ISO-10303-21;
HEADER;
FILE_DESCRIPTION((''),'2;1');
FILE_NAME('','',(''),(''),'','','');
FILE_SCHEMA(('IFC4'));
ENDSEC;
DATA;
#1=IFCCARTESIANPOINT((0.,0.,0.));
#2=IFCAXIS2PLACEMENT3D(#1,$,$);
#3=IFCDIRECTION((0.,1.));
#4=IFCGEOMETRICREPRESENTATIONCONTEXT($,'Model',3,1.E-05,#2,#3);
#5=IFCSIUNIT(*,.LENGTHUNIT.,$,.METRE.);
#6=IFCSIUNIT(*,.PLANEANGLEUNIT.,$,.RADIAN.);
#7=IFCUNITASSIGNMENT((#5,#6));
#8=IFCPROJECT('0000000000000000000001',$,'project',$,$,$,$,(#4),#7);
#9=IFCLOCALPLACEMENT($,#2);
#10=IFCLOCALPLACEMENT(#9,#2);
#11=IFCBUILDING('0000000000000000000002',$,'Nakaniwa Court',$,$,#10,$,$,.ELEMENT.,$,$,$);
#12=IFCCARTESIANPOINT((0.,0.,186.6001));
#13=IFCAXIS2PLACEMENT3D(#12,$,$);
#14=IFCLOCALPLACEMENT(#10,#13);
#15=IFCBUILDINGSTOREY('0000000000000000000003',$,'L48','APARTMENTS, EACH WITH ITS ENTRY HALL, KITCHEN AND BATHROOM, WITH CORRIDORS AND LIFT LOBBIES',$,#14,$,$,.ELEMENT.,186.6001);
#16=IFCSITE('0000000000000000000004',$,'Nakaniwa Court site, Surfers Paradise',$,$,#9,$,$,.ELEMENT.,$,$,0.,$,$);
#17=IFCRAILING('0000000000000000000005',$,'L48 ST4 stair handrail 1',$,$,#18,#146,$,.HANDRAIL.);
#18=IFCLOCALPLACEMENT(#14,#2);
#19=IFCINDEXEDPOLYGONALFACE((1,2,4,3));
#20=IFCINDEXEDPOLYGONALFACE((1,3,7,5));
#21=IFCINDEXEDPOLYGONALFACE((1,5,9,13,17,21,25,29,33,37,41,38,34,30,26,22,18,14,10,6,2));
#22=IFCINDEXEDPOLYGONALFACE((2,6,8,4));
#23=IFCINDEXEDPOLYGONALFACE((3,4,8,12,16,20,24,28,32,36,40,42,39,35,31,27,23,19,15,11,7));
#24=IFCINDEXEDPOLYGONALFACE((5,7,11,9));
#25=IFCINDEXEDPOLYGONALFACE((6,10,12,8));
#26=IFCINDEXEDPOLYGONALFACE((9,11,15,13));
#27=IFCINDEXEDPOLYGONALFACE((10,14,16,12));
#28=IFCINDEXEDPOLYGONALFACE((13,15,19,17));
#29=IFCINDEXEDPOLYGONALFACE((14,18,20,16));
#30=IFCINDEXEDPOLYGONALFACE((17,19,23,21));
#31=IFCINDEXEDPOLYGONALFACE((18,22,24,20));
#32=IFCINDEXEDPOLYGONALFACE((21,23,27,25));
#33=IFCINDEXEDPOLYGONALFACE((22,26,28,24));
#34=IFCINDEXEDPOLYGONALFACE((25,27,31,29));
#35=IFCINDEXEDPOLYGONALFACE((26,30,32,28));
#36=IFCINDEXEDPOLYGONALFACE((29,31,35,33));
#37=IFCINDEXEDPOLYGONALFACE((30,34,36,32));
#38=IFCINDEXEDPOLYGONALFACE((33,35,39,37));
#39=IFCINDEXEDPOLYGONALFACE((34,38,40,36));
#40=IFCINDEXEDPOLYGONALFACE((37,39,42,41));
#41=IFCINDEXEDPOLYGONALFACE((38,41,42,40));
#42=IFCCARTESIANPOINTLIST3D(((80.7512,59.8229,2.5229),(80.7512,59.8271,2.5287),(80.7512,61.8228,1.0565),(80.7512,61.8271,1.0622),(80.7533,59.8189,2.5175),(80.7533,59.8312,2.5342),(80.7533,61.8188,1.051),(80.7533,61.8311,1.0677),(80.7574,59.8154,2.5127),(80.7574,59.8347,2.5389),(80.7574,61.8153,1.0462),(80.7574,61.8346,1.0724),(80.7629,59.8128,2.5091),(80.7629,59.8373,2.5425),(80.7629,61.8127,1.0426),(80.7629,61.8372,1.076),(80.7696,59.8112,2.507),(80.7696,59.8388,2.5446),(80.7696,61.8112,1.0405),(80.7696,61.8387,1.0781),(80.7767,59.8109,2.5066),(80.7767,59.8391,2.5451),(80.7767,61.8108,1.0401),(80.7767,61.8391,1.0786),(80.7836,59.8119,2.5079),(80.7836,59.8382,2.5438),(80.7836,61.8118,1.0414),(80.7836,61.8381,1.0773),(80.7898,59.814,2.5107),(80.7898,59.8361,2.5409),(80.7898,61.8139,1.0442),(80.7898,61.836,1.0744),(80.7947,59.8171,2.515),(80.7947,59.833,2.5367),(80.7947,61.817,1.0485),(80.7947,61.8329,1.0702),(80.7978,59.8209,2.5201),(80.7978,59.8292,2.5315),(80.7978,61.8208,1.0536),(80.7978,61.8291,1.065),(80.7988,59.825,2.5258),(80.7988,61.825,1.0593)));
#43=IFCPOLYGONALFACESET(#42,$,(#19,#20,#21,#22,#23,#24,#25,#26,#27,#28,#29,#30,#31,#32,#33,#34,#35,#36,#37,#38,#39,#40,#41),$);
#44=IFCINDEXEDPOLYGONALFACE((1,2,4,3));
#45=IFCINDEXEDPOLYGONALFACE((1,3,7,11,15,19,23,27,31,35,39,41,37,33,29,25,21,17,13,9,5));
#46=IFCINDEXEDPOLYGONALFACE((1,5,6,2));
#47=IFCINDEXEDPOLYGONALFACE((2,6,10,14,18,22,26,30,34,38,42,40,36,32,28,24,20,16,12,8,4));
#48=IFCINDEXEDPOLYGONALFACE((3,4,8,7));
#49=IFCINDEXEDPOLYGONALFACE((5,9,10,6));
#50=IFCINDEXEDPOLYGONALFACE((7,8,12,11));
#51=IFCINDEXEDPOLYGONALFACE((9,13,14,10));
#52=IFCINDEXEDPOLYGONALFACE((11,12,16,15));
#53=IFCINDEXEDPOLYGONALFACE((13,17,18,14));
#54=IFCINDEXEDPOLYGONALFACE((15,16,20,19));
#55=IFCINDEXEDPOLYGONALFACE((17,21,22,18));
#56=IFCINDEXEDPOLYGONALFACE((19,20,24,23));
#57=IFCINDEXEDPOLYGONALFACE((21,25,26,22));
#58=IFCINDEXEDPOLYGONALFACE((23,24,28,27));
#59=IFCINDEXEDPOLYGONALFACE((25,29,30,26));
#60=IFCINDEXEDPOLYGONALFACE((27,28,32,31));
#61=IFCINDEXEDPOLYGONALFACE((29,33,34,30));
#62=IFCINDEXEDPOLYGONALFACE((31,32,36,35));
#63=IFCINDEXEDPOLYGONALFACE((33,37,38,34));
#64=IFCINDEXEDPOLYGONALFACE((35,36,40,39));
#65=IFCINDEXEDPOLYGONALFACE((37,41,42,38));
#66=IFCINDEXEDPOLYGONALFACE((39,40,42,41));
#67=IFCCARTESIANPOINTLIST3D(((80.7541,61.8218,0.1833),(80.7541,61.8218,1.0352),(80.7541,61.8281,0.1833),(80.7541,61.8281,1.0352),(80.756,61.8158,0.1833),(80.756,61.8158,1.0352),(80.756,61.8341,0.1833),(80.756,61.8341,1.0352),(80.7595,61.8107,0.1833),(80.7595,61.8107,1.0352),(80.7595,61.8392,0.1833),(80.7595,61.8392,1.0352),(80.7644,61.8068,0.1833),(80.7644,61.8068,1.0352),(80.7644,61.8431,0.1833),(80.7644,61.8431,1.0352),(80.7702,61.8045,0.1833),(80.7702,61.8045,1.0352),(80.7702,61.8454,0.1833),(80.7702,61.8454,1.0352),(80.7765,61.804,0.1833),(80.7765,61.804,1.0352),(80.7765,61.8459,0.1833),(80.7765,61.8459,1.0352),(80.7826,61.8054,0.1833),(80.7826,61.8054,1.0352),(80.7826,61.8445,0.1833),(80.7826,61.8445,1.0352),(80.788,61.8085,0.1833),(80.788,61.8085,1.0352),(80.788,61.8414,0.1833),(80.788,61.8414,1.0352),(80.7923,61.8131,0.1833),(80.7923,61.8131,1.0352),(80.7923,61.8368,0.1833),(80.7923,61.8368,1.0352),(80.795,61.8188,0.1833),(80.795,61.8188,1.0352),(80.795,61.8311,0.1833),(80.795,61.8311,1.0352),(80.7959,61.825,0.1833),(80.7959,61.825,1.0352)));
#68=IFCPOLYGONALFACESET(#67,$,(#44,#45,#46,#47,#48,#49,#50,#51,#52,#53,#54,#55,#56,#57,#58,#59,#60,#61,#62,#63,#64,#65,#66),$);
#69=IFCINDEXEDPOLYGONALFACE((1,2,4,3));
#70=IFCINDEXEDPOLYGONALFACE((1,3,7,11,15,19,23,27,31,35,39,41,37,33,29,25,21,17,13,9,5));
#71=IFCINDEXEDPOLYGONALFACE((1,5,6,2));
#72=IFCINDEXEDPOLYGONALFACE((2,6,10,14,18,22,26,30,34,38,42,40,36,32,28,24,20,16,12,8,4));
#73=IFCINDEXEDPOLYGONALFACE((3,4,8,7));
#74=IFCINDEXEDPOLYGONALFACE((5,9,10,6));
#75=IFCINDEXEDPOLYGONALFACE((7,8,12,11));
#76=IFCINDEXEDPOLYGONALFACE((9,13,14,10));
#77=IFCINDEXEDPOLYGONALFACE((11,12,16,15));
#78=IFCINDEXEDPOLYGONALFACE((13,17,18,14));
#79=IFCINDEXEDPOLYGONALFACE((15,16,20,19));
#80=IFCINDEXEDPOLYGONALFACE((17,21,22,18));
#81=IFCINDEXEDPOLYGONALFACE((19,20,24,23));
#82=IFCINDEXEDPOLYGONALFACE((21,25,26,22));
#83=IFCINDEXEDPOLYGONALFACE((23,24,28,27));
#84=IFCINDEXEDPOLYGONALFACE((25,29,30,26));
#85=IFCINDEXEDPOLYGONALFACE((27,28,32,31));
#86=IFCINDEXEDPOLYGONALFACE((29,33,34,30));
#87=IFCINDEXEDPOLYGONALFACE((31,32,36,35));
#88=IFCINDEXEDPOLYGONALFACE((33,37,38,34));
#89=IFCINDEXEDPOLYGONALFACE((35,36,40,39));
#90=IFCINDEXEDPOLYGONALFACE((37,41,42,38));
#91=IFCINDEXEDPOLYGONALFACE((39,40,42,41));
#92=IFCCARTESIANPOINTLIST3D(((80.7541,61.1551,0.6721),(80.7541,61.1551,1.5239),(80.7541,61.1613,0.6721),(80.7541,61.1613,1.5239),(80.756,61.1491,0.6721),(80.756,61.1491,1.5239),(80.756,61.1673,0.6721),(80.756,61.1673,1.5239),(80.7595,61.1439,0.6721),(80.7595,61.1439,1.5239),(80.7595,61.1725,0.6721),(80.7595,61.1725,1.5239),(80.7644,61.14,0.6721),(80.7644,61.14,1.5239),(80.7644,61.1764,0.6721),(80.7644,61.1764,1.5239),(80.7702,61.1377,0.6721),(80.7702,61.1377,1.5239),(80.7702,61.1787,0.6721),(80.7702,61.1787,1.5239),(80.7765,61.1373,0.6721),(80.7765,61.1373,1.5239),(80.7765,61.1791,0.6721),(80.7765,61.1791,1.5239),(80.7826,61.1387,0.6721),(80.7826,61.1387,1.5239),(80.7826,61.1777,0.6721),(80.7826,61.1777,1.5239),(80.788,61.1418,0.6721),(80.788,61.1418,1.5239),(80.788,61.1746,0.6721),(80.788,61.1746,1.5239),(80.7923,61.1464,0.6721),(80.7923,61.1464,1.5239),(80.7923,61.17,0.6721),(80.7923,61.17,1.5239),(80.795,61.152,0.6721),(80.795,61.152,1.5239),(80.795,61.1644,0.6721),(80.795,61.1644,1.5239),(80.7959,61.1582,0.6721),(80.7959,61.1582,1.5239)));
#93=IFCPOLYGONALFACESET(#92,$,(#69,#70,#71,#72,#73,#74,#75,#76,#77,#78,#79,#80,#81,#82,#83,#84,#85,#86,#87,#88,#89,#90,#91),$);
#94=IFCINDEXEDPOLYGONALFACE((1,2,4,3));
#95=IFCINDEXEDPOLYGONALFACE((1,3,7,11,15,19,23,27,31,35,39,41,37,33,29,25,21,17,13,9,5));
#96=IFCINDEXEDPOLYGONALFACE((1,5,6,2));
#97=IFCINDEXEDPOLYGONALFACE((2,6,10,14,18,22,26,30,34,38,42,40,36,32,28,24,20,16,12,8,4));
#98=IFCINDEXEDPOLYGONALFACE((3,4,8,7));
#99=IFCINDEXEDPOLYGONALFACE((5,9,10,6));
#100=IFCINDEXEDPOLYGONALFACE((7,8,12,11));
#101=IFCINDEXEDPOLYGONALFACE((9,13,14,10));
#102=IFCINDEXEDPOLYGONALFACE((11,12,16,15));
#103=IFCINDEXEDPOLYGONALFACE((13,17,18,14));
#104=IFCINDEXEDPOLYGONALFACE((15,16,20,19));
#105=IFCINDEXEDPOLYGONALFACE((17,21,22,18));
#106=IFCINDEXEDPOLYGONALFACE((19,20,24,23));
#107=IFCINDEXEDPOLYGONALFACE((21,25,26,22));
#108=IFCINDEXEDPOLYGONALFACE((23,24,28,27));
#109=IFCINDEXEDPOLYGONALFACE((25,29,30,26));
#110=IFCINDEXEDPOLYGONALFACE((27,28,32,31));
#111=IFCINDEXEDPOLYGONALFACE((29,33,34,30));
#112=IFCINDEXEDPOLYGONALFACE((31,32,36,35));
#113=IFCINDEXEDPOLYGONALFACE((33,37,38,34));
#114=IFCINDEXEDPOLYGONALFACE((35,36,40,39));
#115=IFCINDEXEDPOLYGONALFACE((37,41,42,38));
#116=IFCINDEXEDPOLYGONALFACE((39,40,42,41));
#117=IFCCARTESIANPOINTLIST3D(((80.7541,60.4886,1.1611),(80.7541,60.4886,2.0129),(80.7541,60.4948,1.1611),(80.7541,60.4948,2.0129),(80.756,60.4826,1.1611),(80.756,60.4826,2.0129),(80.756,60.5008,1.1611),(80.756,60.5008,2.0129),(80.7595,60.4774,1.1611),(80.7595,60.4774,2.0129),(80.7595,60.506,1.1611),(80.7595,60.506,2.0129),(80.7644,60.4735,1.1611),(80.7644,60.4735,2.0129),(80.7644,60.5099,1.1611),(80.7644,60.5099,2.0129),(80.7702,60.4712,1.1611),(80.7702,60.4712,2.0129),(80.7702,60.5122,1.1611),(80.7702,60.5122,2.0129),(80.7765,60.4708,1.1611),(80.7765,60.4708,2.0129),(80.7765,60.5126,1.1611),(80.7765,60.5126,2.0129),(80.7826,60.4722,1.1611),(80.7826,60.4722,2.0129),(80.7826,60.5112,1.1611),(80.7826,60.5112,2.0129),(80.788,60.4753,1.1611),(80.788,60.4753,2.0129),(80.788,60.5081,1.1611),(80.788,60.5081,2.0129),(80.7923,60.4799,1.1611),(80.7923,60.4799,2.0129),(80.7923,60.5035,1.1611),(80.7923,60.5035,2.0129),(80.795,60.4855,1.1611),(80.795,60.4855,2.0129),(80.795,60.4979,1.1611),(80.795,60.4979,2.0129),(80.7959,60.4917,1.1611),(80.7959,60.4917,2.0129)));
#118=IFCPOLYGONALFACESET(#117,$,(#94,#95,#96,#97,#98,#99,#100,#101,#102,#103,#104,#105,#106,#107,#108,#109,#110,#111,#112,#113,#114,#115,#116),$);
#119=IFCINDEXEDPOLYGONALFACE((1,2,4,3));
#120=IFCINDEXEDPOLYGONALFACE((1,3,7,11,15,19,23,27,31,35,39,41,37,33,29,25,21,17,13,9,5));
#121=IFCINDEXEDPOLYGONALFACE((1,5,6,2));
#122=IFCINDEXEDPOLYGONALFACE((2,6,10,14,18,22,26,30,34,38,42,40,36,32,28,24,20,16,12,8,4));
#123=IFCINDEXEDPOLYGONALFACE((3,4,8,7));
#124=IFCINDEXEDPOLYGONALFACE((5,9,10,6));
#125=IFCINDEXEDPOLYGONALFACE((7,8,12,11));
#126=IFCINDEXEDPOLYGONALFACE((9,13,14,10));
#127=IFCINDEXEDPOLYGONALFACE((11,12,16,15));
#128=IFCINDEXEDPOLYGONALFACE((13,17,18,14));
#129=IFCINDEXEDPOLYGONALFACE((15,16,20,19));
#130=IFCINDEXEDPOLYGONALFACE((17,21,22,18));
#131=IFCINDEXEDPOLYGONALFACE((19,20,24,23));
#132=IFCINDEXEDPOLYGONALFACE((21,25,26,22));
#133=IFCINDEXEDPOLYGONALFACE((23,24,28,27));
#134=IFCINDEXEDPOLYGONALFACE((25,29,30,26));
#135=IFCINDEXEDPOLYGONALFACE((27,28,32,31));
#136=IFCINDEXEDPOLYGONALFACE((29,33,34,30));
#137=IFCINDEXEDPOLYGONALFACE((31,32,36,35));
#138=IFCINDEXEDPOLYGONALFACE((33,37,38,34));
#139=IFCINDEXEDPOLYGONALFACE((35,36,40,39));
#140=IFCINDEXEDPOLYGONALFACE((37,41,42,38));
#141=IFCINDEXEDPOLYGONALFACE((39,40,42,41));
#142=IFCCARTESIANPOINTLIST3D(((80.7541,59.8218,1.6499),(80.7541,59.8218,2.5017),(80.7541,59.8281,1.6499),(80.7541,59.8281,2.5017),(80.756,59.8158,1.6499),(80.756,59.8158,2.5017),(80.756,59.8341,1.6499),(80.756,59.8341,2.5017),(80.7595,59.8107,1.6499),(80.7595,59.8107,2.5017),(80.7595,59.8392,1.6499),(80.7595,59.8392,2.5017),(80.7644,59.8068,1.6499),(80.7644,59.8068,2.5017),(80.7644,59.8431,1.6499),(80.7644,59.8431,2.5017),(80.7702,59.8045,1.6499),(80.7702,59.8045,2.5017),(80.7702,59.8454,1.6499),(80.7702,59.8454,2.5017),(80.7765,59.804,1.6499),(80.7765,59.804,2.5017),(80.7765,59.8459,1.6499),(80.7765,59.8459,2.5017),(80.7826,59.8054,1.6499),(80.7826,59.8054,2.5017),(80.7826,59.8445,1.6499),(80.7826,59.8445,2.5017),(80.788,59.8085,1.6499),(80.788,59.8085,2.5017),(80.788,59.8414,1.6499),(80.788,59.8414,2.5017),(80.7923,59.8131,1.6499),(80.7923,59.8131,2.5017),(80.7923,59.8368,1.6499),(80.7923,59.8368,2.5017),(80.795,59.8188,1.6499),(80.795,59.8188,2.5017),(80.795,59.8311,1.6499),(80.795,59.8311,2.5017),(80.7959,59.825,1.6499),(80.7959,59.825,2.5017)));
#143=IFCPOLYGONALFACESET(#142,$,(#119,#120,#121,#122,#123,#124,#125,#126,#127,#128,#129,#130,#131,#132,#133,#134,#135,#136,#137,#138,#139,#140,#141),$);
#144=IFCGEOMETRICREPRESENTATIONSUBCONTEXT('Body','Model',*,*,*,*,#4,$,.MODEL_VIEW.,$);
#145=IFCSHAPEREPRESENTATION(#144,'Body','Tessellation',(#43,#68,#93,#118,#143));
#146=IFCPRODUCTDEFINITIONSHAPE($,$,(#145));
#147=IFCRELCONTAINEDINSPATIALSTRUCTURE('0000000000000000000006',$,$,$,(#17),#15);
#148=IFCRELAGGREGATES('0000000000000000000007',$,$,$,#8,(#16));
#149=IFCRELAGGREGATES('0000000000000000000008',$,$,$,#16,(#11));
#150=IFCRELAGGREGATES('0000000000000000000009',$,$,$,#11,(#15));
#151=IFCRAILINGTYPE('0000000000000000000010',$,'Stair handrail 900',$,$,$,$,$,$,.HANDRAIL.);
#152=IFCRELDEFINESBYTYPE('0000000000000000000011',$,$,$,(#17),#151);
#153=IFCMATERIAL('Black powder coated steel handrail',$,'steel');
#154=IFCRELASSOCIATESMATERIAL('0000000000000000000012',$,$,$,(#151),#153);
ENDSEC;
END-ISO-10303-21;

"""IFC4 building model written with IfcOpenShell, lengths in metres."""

from ifc_helpers import new_model, si_unit, direction, frame, origin, origin_2d, place, context, subcontext, project, spatial, circle, extrude, material, type_object, element, save


model = new_model("IFC4")

# Units and contexts
model_context = context("Model", 3, precision=1e-05, world=origin(), true_north=direction((0.0, 1.0)))
body_context = subcontext(model_context, "Body", "Model", "MODEL_VIEW")
ifc_project = project(units=[si_unit("LENGTHUNIT", "METRE"), si_unit("PLANEANGLEUNIT", "RADIAN")], contexts=[model_context])

# Site, building, storey
site_placement = place(None, origin())
site = spatial("IfcSite", under=ifc_project, at=site_placement, Name="Nakaniwa Court site, Surfers Paradise", CompositionType="ELEMENT", RefElevation=0.0)
building_placement = place(site_placement, origin())
building = spatial("IfcBuilding", under=site, at=building_placement, Name="Nakaniwa Court", CompositionType="ELEMENT")
storey_placement = place(building_placement, frame((0.0, 0.0, 186.6001)))
storey = spatial("IfcBuildingStorey", under=building, at=storey_placement, Name="L48", Description="APARTMENTS, EACH WITH ITS ENTRY HALL, KITCHEN AND BATHROOM, WITH CORRIDORS AND LIFT LOBBIES", CompositionType="ELEMENT", Elevation=186.6001)

# Railing
ifc_material_1 = material(Name="Black powder coated steel handrail", Category="steel")
railing_type_1 = type_object("IfcRailingType", Name="Stair handrail 900", PredefinedType="HANDRAIL", material=ifc_material_1)
railing_1_placement = place(storey_placement, frame((80.7749, 61.825, 0.1833)))
element("IfcRailing", 1, at=railing_1_placement, inside=storey, type_object=railing_type_1, Name="L48 ST4 stair handrail 1", PredefinedType="HANDRAIL", context=body_context, shape_type="SweptSolid", body=[
    extrude(circle(Radius=0.0239, at=origin_2d()), frame((0.0, 0.0, 0.876), z_axis=(0.0, -0.806427, 0.591334), x_axis=(1.0, 0.0, 0.0)), (0.0, 0.0, 1.0), 2.48),
    extrude(circle(Radius=0.021, at=origin_2d()), origin(), (0.0, 0.0, 1.0), 0.8518),
    extrude(circle(Radius=0.021, at=origin_2d()), frame((0.0, -0.6667, 0.4888)), (0.0, 0.0, 1.0), 0.8518),
    extrude(circle(Radius=0.021, at=origin_2d()), frame((0.0, -1.3333, 0.9778)), (0.0, 0.0, 1.0), 0.8518),
    extrude(circle(Radius=0.021, at=origin_2d()), frame((0.0, -2.0, 1.4666)), (0.0, 0.0, 1.0), 0.8518),
])

save(model, "model.ifc")
